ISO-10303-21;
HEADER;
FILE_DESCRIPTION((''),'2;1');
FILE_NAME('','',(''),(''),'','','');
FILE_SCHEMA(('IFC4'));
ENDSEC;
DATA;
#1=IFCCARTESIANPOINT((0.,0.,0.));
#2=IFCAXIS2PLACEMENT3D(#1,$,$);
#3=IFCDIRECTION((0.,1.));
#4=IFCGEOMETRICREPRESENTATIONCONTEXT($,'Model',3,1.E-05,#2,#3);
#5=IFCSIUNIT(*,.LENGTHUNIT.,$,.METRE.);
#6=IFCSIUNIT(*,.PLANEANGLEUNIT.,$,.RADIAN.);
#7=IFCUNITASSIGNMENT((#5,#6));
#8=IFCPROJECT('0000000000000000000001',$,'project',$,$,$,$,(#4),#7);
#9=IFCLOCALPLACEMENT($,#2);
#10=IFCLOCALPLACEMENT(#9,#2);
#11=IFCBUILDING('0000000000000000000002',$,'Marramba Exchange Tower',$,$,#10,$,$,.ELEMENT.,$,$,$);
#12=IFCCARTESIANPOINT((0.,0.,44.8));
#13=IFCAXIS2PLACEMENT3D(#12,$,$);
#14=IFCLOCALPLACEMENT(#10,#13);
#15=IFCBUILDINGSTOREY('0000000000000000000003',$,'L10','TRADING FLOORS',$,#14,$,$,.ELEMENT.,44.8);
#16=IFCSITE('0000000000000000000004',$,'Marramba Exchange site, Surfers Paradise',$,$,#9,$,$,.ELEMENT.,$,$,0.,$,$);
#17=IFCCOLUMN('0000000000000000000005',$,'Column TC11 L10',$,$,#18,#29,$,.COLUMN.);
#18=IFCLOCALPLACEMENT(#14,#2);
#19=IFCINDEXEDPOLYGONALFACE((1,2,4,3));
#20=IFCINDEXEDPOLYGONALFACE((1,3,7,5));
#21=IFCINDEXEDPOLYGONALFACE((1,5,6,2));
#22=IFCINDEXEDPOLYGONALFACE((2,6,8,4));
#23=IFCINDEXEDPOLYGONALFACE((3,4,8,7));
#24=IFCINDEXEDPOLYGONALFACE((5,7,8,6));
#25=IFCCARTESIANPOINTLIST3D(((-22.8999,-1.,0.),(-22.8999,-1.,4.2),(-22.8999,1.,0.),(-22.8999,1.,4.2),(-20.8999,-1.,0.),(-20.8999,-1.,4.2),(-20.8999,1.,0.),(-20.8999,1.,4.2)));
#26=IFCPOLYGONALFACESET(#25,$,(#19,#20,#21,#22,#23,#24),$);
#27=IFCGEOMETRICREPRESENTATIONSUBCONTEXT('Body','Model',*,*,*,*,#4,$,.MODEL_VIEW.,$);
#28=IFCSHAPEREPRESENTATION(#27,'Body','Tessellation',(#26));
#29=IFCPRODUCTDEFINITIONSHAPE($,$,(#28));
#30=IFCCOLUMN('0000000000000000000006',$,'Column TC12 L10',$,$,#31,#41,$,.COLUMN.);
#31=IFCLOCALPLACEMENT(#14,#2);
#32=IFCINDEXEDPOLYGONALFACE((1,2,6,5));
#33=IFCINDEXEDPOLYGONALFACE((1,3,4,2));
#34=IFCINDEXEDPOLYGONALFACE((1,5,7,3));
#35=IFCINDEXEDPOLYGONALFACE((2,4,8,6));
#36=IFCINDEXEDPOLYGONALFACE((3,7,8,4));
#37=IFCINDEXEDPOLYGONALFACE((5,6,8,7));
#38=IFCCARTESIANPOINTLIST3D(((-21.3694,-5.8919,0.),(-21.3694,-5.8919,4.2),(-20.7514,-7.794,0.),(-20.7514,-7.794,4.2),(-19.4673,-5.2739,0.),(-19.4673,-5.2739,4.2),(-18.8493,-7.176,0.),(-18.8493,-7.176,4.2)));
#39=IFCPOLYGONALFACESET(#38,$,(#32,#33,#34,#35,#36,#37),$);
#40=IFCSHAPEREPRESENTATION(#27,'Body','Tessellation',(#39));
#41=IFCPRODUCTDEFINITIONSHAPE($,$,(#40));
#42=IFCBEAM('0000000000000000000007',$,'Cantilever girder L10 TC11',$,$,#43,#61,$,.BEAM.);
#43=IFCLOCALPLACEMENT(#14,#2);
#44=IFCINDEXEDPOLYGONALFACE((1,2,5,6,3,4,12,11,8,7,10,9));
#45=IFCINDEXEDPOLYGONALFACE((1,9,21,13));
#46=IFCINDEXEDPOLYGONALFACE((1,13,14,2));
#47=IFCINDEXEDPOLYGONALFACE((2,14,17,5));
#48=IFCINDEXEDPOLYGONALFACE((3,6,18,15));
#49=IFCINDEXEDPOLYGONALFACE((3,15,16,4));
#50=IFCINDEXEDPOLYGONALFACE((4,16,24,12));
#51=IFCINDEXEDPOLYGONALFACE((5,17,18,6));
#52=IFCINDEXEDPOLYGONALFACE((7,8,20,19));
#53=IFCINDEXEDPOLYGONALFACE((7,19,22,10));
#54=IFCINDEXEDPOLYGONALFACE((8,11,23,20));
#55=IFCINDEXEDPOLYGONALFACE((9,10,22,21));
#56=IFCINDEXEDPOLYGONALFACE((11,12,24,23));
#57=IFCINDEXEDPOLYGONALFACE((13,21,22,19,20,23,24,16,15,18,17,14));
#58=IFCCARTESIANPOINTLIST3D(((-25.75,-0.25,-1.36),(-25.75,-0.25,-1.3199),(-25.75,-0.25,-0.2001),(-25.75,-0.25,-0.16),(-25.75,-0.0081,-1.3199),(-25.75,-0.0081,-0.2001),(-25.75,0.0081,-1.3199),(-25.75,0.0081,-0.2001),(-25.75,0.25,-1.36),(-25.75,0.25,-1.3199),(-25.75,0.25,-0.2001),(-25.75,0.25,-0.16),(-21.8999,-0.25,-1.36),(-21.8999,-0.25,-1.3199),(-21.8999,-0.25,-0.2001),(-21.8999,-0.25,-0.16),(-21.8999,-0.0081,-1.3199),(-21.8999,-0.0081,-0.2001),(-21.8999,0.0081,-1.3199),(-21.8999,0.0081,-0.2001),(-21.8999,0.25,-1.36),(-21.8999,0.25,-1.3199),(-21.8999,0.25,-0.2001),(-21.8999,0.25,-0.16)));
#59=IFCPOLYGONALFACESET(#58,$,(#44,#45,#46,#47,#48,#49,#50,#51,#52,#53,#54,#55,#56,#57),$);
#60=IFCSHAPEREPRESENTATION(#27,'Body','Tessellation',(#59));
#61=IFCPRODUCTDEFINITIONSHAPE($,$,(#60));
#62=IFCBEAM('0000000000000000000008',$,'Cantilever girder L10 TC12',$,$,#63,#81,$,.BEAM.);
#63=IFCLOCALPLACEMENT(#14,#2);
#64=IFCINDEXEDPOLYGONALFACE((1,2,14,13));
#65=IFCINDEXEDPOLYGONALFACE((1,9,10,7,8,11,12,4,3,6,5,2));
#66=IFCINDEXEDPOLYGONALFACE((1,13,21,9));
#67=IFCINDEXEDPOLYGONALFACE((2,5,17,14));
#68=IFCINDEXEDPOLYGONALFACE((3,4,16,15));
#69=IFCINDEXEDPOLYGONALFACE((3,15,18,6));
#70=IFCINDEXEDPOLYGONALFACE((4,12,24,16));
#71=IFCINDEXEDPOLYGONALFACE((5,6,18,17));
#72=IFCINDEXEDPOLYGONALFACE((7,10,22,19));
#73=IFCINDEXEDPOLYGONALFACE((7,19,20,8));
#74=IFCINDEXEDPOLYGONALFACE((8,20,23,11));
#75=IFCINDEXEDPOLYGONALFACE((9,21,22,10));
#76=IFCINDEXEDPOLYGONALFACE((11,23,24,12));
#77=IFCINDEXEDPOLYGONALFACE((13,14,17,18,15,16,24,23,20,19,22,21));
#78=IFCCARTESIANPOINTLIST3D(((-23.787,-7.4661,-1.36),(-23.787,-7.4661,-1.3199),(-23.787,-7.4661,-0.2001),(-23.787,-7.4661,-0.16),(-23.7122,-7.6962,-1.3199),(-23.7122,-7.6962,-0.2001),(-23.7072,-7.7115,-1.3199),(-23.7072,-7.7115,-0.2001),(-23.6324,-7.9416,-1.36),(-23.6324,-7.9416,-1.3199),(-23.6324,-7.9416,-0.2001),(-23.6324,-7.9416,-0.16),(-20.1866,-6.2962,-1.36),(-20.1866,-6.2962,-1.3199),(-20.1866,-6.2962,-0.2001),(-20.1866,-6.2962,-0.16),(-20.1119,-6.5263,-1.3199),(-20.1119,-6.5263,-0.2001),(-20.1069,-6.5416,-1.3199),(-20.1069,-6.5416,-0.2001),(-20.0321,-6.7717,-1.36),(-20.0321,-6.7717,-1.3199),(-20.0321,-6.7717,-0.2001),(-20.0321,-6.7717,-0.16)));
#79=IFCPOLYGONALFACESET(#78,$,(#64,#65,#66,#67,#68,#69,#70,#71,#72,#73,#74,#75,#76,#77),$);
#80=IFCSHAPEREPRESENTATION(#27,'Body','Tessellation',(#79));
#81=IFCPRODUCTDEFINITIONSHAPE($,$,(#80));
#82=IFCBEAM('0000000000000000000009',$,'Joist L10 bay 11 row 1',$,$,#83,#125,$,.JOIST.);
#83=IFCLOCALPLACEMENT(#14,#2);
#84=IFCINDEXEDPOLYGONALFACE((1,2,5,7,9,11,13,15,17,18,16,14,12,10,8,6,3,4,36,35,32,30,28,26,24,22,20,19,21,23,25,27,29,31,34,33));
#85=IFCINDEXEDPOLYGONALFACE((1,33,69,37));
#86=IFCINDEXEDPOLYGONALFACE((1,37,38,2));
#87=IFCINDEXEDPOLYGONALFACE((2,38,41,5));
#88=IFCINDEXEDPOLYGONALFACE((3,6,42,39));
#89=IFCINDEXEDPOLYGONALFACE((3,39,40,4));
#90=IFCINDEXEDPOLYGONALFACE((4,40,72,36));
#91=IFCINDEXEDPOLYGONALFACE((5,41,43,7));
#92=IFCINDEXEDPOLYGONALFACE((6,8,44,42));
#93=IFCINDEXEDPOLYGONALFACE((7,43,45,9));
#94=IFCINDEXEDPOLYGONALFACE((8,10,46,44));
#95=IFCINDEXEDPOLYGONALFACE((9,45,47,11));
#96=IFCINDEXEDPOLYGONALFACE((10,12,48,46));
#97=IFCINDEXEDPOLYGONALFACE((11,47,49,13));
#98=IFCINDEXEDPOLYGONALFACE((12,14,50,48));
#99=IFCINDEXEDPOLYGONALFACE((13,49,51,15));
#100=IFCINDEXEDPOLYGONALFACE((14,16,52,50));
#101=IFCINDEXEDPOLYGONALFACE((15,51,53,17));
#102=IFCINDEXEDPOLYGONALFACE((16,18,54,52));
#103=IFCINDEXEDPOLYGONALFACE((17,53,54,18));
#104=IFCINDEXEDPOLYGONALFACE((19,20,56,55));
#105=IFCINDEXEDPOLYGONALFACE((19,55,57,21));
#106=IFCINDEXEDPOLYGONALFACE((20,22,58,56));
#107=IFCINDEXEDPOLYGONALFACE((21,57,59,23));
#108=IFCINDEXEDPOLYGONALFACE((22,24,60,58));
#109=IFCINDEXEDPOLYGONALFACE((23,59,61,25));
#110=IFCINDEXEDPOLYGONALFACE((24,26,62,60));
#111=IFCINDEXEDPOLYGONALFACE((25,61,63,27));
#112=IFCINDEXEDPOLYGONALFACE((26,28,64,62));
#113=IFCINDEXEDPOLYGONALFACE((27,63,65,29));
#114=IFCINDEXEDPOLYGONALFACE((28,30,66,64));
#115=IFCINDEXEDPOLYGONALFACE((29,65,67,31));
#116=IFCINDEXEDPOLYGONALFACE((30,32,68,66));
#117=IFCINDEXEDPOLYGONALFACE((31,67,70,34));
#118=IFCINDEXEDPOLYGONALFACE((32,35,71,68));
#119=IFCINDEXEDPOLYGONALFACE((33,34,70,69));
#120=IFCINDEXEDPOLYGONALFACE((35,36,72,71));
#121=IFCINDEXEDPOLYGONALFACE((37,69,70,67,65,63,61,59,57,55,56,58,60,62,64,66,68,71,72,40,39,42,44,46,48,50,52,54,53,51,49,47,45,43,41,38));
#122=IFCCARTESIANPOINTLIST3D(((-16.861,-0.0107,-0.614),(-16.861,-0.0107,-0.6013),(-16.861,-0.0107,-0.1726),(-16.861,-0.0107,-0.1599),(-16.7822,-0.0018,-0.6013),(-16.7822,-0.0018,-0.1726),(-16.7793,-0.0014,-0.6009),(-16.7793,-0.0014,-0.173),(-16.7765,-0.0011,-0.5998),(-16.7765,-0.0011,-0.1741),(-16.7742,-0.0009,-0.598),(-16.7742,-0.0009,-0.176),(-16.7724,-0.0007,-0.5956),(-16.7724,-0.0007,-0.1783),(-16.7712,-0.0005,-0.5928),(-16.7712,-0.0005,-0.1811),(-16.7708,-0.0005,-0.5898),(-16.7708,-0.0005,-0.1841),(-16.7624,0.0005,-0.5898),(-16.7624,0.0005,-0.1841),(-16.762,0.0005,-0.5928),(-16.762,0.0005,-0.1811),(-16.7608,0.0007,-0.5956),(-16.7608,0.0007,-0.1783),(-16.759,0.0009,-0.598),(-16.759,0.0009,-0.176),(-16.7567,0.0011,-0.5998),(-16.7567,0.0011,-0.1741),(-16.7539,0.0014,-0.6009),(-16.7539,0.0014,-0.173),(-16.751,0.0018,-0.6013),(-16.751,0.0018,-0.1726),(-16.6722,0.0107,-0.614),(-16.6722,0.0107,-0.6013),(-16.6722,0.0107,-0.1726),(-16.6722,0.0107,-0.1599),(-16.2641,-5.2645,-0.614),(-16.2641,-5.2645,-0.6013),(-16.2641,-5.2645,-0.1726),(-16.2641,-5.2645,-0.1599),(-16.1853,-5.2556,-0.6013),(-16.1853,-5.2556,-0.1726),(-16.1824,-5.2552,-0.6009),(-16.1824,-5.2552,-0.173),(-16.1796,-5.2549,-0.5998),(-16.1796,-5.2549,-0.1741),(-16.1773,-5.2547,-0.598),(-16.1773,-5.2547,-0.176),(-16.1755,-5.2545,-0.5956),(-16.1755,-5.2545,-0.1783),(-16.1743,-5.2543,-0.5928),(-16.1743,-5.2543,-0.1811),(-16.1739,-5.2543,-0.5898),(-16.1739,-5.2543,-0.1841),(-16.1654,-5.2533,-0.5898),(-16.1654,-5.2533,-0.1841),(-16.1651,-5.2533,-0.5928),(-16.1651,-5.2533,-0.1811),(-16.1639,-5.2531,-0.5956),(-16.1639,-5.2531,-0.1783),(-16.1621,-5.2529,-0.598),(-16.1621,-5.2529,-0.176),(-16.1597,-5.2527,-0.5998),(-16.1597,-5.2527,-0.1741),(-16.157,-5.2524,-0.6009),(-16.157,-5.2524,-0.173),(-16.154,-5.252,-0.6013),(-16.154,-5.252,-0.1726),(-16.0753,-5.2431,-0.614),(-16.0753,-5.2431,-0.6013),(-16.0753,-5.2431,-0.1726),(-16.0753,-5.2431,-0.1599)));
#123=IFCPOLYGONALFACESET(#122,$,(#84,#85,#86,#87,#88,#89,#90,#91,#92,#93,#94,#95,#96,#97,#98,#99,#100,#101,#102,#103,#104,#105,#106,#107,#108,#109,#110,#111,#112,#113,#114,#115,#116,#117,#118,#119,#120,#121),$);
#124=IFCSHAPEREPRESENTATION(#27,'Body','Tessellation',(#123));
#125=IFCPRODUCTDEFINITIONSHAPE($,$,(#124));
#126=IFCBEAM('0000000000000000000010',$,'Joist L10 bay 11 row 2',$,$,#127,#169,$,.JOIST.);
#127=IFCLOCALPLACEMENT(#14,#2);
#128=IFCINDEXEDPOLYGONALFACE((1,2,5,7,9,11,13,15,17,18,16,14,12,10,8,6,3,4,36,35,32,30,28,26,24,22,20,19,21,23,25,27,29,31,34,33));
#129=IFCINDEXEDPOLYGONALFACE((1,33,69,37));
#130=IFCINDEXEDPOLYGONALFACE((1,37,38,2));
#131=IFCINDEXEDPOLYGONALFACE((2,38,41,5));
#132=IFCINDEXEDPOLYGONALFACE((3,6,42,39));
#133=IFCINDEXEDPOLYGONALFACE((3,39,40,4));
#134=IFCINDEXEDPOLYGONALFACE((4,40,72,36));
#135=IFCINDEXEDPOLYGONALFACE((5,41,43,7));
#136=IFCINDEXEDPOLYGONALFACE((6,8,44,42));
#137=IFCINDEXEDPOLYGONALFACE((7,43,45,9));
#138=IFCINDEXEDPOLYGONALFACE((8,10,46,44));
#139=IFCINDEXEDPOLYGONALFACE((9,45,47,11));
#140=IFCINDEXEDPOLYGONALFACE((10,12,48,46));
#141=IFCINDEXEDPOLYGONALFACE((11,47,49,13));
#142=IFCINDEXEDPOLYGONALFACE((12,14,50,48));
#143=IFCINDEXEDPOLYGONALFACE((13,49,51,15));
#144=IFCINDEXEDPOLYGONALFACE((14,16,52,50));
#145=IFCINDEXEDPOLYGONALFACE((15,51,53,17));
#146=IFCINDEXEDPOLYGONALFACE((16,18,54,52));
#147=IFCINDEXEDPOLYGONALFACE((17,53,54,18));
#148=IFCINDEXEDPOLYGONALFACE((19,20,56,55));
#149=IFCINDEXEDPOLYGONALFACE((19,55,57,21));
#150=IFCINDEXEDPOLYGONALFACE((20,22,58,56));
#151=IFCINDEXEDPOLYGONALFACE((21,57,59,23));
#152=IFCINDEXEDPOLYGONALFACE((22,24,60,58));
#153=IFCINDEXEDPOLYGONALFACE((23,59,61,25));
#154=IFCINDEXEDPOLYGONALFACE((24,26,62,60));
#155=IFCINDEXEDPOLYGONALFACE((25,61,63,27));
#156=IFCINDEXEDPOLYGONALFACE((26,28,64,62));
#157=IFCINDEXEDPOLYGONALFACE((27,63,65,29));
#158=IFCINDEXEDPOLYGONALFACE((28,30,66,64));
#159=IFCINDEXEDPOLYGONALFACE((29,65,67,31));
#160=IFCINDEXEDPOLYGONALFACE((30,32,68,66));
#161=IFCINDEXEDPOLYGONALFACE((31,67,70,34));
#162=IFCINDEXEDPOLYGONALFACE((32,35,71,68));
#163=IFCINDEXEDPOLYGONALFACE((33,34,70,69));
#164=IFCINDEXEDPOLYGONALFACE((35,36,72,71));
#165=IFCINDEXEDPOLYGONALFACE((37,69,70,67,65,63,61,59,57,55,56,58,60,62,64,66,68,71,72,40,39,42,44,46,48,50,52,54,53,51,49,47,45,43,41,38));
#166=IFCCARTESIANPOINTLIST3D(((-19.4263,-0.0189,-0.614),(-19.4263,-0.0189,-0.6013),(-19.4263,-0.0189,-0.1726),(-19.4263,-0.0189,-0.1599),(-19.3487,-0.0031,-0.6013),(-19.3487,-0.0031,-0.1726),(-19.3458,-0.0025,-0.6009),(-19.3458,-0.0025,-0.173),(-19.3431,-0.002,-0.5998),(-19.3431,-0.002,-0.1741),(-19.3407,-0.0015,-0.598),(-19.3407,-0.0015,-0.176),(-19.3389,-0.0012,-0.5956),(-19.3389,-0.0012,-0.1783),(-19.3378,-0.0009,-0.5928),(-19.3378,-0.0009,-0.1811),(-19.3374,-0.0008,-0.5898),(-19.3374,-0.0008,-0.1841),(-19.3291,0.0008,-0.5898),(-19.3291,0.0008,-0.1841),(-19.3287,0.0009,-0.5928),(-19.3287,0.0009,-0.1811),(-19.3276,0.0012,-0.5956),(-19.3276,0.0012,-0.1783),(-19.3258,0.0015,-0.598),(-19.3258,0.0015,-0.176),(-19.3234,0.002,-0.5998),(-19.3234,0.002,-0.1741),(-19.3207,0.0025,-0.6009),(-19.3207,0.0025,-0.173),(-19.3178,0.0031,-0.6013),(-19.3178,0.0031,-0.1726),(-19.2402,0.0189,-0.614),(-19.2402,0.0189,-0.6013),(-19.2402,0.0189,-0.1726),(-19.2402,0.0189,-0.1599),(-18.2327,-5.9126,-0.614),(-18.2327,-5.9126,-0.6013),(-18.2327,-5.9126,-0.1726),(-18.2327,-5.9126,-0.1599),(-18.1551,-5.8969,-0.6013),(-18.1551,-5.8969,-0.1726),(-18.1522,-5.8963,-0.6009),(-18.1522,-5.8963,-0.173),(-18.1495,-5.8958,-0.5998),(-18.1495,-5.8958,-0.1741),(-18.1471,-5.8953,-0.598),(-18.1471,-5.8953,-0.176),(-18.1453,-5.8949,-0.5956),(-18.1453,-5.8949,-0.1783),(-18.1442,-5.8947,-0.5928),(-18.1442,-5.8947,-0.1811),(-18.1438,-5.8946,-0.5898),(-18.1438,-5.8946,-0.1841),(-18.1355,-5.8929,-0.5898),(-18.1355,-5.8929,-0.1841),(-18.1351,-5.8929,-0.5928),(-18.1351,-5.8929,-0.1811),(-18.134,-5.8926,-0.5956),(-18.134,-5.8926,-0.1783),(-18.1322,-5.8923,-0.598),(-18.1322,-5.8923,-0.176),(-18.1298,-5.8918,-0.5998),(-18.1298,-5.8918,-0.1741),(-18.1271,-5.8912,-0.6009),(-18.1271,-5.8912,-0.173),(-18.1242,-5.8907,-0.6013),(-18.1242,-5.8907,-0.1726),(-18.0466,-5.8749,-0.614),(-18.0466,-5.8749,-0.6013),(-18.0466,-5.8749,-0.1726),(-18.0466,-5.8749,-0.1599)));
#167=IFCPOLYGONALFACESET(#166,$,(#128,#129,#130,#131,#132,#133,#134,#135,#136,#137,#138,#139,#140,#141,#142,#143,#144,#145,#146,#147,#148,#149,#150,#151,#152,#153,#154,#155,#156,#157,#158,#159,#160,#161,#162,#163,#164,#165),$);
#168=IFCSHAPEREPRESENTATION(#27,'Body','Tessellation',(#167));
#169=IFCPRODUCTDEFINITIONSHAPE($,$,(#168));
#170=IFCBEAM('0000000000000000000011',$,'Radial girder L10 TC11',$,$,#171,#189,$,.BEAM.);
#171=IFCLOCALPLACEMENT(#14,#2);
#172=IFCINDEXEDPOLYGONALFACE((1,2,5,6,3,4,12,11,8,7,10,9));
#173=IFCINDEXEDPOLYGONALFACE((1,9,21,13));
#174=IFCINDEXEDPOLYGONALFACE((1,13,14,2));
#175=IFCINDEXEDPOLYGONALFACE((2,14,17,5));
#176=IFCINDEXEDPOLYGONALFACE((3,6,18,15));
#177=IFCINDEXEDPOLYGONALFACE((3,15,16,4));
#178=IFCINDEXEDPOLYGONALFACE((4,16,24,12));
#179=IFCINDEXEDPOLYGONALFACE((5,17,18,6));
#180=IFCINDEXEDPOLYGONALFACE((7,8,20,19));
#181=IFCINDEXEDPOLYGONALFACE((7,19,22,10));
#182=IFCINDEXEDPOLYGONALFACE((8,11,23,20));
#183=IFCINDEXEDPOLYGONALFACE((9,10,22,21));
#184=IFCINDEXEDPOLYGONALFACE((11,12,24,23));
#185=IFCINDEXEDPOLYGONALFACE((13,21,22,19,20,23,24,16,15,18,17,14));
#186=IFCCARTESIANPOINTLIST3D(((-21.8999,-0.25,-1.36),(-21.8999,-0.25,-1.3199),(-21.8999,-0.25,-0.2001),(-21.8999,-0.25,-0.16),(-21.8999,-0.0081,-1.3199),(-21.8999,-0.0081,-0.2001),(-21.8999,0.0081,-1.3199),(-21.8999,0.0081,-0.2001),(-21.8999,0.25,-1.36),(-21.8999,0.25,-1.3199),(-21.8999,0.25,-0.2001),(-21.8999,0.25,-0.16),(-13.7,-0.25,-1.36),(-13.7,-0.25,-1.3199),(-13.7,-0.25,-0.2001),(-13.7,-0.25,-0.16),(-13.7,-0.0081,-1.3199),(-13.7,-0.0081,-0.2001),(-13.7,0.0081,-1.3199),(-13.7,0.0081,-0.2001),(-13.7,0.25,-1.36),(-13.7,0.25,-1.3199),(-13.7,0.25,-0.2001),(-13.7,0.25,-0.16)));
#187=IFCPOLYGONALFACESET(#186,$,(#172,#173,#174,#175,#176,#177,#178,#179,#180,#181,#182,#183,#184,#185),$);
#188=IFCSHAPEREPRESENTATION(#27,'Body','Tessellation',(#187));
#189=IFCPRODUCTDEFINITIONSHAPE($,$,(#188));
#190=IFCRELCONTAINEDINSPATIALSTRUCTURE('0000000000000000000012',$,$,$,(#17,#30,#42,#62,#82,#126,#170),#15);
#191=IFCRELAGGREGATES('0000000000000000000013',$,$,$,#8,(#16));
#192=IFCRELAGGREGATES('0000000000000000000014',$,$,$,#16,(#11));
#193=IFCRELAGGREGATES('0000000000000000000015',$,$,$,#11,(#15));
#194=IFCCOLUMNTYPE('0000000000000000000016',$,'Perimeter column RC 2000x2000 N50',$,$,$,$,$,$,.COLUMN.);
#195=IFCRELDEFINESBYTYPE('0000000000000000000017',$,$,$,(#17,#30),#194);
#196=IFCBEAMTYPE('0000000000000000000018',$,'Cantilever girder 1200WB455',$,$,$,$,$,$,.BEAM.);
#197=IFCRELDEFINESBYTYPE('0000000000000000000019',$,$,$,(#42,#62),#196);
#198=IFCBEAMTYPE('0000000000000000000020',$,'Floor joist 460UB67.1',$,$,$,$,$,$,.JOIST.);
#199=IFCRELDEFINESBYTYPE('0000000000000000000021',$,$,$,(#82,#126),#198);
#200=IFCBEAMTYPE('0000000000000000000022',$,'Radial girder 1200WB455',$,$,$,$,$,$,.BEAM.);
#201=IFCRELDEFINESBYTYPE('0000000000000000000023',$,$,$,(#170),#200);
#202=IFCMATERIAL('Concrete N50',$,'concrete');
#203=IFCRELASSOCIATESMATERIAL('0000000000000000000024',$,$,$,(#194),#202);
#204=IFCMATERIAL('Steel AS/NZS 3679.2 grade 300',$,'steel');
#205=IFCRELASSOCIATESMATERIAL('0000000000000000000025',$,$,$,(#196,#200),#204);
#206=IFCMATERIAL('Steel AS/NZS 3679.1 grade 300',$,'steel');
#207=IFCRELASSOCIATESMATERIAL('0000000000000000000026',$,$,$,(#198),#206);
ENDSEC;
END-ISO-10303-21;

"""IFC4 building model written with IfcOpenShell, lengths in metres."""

from ifc_helpers import new_model, si_unit, direction, frame, origin, origin_2d, place, context, subcontext, project, spatial, rectangle, i_section, extrude, material, material_profile, profile_set, type_object, element, save


model = new_model("IFC4")

# Units and contexts
model_context = context("Model", 3, precision=1e-05, world=origin(), true_north=direction((0.0, 1.0)))
body_context = subcontext(model_context, "Body", "Model", "MODEL_VIEW")
ifc_project = project(units=[si_unit("LENGTHUNIT", "METRE"), si_unit("PLANEANGLEUNIT", "RADIAN")], contexts=[model_context])

# Site, building, storey
site_placement = place(None, origin())
site = spatial("IfcSite", under=ifc_project, at=site_placement, Name="Marramba Exchange site, Surfers Paradise", CompositionType="ELEMENT", RefElevation=0.0)
building_placement = place(site_placement, origin())
building = spatial("IfcBuilding", under=site, at=building_placement, Name="Marramba Exchange Tower", CompositionType="ELEMENT")
storey_placement = place(building_placement, frame((0.0, 0.0, 44.8)))
storey = spatial("IfcBuildingStorey", under=building, at=storey_placement, Name="L10", Description="TRADING FLOORS", CompositionType="ELEMENT", Elevation=44.8)

# Columns
ifc_material_1 = material(Name="Concrete N50", Category="concrete")
ifc_material_profile_1 = material_profile(ifc_material_1, rectangle(XDim=2.0, YDim=2.0, at=origin_2d()), Name="RC 2000x2000")
ifc_profile_set_1 = profile_set([ifc_material_profile_1], Name="Concrete N50")
column_type = type_object("IfcColumnType", Name="Perimeter column RC 2000x2000 N50", PredefinedType="COLUMN", material=ifc_profile_set_1)
for number, where, z_axis, x_axis, name in (
    (1, (-21.8999, 0.0, 0.0), (0.0, 0.0, 1.0), (-1.0, 0.0, 0.0), "Column TC11 L10"),
    (2, (-20.1094, -6.5339, 0.0), (0.0, 0.0, 1.0), (-0.951057, -0.309017, 0.0), "Column TC12 L10"),
):
    element("IfcColumn", number, at=place(storey_placement, frame(where, z_axis=z_axis, x_axis=x_axis)), inside=storey, type_object=column_type, Name=name, PredefinedType="COLUMN", context=body_context, shape_type="SweptSolid", body=[
        extrude(rectangle(XDim=2.0, YDim=2.0, at=origin_2d()), origin(), (0.0, 0.0, 1.0), 4.2),
    ])

# Beams
ifc_material_2 = material(Name="Steel AS/NZS 3679.2 grade 300", Category="steel")
ifc_material_profile_2 = material_profile(ifc_material_2, i_section(OverallWidth=0.5, OverallDepth=1.2, WebThickness=0.0161, FlangeThickness=0.04, at=origin_2d()), Name="1200WB455")
ifc_profile_set_2 = profile_set([ifc_material_profile_2], Name="Steel AS/NZS 3679.2 grade 300")
beam_type_1 = type_object("IfcBeamType", Name="Cantilever girder 1200WB455", PredefinedType="BEAM", material=ifc_profile_set_2)
beam_1_placement = place(storey_placement, frame((-21.8999, 0.0, -0.76), z_axis=(-1.0, 0.0, 0.0), x_axis=(0.0, -1.0, 0.0)))
element("IfcBeam", 3, at=beam_1_placement, inside=storey, type_object=beam_type_1, Name="Cantilever girder L10 TC11", PredefinedType="BEAM", context=body_context, shape_type="SweptSolid", body=[
    extrude(i_section(OverallWidth=0.5, OverallDepth=1.2, WebThickness=0.0161, FlangeThickness=0.04, at=origin_2d()), origin(), (0.0, 0.0, 1.0), 3.8501),
])
beam_2_placement = place(storey_placement, frame((-20.1094, -6.5339, -0.76), z_axis=(-0.951049, -0.309041, 0.0), x_axis=(0.309041, -0.951049, 0.0)))
element("IfcBeam", 4, at=beam_2_placement, inside=storey, type_object=beam_type_1, Name="Cantilever girder L10 TC12", PredefinedType="BEAM", context=body_context, shape_type="SweptSolid", body=[
    extrude(i_section(OverallWidth=0.5, OverallDepth=1.2, WebThickness=0.0161, FlangeThickness=0.04, at=origin_2d()), origin(), (0.0, 0.0, 1.0), 3.7856),
])
ifc_material_3 = material(Name="Steel AS/NZS 3679.1 grade 300", Category="steel")
ifc_material_profile_3 = material_profile(ifc_material_3, i_section(OverallWidth=0.1899, OverallDepth=0.4541, WebThickness=0.0085, FlangeThickness=0.0127, FilletRadius=0.0115, at=origin_2d()), Name="460UB67.1")
ifc_profile_set_3 = profile_set([ifc_material_profile_3], Name="Steel AS/NZS 3679.1 grade 300")
beam_type_2 = type_object("IfcBeamType", Name="Floor joist 460UB67.1", PredefinedType="JOIST", material=ifc_profile_set_3)
beam_3_placement = place(storey_placement, frame((-16.7666, 0.0, -0.387), z_axis=(0.112889, -0.993608, 0.0), x_axis=(0.993608, 0.112889, 0.0)))
element("IfcBeam", 5, at=beam_3_placement, inside=storey, type_object=beam_type_2, Name="Joist L10 bay 11 row 1", PredefinedType="JOIST", context=body_context, shape_type="SweptSolid", body=[
    extrude(i_section(OverallWidth=0.1899, OverallDepth=0.4541, WebThickness=0.0085, FlangeThickness=0.0127, FilletRadius=0.0115, at=origin_2d()), origin(), (0.0, 0.0, 1.0), 5.2876),
])
beam_4_placement = place(storey_placement, frame((-19.3333, 0.0, -0.387), z_axis=(0.198489, -0.980103, 0.0), x_axis=(0.980103, 0.198489, 0.0)))
element("IfcBeam", 6, at=beam_4_placement, inside=storey, type_object=beam_type_2, Name="Joist L10 bay 11 row 2", PredefinedType="JOIST", context=body_context, shape_type="SweptSolid", body=[
    extrude(i_section(OverallWidth=0.1899, OverallDepth=0.4541, WebThickness=0.0085, FlangeThickness=0.0127, FilletRadius=0.0115, at=origin_2d()), origin(), (0.0, 0.0, 1.0), 6.0134),
])
ifc_material_profile_4 = material_profile(ifc_material_2, i_section(OverallWidth=0.5, OverallDepth=1.2, WebThickness=0.0161, FlangeThickness=0.04, at=origin_2d()), Name="1200WB455")
ifc_profile_set_4 = profile_set([ifc_material_profile_4], Name="Steel AS/NZS 3679.2 grade 300")
beam_type_3 = type_object("IfcBeamType", Name="Radial girder 1200WB455", PredefinedType="BEAM", material=ifc_profile_set_4)
beam_5_placement = place(storey_placement, frame((-13.7, 0.0, -0.76), z_axis=(-1.0, 0.0, 0.0), x_axis=(0.0, -1.0, 0.0)))
element("IfcBeam", 7, at=beam_5_placement, inside=storey, type_object=beam_type_3, Name="Radial girder L10 TC11", PredefinedType="BEAM", context=body_context, shape_type="SweptSolid", body=[
    extrude(i_section(OverallWidth=0.5, OverallDepth=1.2, WebThickness=0.0161, FlangeThickness=0.04, at=origin_2d()), origin(), (0.0, 0.0, 1.0), 8.2),
])

save(model, "model.ifc")
